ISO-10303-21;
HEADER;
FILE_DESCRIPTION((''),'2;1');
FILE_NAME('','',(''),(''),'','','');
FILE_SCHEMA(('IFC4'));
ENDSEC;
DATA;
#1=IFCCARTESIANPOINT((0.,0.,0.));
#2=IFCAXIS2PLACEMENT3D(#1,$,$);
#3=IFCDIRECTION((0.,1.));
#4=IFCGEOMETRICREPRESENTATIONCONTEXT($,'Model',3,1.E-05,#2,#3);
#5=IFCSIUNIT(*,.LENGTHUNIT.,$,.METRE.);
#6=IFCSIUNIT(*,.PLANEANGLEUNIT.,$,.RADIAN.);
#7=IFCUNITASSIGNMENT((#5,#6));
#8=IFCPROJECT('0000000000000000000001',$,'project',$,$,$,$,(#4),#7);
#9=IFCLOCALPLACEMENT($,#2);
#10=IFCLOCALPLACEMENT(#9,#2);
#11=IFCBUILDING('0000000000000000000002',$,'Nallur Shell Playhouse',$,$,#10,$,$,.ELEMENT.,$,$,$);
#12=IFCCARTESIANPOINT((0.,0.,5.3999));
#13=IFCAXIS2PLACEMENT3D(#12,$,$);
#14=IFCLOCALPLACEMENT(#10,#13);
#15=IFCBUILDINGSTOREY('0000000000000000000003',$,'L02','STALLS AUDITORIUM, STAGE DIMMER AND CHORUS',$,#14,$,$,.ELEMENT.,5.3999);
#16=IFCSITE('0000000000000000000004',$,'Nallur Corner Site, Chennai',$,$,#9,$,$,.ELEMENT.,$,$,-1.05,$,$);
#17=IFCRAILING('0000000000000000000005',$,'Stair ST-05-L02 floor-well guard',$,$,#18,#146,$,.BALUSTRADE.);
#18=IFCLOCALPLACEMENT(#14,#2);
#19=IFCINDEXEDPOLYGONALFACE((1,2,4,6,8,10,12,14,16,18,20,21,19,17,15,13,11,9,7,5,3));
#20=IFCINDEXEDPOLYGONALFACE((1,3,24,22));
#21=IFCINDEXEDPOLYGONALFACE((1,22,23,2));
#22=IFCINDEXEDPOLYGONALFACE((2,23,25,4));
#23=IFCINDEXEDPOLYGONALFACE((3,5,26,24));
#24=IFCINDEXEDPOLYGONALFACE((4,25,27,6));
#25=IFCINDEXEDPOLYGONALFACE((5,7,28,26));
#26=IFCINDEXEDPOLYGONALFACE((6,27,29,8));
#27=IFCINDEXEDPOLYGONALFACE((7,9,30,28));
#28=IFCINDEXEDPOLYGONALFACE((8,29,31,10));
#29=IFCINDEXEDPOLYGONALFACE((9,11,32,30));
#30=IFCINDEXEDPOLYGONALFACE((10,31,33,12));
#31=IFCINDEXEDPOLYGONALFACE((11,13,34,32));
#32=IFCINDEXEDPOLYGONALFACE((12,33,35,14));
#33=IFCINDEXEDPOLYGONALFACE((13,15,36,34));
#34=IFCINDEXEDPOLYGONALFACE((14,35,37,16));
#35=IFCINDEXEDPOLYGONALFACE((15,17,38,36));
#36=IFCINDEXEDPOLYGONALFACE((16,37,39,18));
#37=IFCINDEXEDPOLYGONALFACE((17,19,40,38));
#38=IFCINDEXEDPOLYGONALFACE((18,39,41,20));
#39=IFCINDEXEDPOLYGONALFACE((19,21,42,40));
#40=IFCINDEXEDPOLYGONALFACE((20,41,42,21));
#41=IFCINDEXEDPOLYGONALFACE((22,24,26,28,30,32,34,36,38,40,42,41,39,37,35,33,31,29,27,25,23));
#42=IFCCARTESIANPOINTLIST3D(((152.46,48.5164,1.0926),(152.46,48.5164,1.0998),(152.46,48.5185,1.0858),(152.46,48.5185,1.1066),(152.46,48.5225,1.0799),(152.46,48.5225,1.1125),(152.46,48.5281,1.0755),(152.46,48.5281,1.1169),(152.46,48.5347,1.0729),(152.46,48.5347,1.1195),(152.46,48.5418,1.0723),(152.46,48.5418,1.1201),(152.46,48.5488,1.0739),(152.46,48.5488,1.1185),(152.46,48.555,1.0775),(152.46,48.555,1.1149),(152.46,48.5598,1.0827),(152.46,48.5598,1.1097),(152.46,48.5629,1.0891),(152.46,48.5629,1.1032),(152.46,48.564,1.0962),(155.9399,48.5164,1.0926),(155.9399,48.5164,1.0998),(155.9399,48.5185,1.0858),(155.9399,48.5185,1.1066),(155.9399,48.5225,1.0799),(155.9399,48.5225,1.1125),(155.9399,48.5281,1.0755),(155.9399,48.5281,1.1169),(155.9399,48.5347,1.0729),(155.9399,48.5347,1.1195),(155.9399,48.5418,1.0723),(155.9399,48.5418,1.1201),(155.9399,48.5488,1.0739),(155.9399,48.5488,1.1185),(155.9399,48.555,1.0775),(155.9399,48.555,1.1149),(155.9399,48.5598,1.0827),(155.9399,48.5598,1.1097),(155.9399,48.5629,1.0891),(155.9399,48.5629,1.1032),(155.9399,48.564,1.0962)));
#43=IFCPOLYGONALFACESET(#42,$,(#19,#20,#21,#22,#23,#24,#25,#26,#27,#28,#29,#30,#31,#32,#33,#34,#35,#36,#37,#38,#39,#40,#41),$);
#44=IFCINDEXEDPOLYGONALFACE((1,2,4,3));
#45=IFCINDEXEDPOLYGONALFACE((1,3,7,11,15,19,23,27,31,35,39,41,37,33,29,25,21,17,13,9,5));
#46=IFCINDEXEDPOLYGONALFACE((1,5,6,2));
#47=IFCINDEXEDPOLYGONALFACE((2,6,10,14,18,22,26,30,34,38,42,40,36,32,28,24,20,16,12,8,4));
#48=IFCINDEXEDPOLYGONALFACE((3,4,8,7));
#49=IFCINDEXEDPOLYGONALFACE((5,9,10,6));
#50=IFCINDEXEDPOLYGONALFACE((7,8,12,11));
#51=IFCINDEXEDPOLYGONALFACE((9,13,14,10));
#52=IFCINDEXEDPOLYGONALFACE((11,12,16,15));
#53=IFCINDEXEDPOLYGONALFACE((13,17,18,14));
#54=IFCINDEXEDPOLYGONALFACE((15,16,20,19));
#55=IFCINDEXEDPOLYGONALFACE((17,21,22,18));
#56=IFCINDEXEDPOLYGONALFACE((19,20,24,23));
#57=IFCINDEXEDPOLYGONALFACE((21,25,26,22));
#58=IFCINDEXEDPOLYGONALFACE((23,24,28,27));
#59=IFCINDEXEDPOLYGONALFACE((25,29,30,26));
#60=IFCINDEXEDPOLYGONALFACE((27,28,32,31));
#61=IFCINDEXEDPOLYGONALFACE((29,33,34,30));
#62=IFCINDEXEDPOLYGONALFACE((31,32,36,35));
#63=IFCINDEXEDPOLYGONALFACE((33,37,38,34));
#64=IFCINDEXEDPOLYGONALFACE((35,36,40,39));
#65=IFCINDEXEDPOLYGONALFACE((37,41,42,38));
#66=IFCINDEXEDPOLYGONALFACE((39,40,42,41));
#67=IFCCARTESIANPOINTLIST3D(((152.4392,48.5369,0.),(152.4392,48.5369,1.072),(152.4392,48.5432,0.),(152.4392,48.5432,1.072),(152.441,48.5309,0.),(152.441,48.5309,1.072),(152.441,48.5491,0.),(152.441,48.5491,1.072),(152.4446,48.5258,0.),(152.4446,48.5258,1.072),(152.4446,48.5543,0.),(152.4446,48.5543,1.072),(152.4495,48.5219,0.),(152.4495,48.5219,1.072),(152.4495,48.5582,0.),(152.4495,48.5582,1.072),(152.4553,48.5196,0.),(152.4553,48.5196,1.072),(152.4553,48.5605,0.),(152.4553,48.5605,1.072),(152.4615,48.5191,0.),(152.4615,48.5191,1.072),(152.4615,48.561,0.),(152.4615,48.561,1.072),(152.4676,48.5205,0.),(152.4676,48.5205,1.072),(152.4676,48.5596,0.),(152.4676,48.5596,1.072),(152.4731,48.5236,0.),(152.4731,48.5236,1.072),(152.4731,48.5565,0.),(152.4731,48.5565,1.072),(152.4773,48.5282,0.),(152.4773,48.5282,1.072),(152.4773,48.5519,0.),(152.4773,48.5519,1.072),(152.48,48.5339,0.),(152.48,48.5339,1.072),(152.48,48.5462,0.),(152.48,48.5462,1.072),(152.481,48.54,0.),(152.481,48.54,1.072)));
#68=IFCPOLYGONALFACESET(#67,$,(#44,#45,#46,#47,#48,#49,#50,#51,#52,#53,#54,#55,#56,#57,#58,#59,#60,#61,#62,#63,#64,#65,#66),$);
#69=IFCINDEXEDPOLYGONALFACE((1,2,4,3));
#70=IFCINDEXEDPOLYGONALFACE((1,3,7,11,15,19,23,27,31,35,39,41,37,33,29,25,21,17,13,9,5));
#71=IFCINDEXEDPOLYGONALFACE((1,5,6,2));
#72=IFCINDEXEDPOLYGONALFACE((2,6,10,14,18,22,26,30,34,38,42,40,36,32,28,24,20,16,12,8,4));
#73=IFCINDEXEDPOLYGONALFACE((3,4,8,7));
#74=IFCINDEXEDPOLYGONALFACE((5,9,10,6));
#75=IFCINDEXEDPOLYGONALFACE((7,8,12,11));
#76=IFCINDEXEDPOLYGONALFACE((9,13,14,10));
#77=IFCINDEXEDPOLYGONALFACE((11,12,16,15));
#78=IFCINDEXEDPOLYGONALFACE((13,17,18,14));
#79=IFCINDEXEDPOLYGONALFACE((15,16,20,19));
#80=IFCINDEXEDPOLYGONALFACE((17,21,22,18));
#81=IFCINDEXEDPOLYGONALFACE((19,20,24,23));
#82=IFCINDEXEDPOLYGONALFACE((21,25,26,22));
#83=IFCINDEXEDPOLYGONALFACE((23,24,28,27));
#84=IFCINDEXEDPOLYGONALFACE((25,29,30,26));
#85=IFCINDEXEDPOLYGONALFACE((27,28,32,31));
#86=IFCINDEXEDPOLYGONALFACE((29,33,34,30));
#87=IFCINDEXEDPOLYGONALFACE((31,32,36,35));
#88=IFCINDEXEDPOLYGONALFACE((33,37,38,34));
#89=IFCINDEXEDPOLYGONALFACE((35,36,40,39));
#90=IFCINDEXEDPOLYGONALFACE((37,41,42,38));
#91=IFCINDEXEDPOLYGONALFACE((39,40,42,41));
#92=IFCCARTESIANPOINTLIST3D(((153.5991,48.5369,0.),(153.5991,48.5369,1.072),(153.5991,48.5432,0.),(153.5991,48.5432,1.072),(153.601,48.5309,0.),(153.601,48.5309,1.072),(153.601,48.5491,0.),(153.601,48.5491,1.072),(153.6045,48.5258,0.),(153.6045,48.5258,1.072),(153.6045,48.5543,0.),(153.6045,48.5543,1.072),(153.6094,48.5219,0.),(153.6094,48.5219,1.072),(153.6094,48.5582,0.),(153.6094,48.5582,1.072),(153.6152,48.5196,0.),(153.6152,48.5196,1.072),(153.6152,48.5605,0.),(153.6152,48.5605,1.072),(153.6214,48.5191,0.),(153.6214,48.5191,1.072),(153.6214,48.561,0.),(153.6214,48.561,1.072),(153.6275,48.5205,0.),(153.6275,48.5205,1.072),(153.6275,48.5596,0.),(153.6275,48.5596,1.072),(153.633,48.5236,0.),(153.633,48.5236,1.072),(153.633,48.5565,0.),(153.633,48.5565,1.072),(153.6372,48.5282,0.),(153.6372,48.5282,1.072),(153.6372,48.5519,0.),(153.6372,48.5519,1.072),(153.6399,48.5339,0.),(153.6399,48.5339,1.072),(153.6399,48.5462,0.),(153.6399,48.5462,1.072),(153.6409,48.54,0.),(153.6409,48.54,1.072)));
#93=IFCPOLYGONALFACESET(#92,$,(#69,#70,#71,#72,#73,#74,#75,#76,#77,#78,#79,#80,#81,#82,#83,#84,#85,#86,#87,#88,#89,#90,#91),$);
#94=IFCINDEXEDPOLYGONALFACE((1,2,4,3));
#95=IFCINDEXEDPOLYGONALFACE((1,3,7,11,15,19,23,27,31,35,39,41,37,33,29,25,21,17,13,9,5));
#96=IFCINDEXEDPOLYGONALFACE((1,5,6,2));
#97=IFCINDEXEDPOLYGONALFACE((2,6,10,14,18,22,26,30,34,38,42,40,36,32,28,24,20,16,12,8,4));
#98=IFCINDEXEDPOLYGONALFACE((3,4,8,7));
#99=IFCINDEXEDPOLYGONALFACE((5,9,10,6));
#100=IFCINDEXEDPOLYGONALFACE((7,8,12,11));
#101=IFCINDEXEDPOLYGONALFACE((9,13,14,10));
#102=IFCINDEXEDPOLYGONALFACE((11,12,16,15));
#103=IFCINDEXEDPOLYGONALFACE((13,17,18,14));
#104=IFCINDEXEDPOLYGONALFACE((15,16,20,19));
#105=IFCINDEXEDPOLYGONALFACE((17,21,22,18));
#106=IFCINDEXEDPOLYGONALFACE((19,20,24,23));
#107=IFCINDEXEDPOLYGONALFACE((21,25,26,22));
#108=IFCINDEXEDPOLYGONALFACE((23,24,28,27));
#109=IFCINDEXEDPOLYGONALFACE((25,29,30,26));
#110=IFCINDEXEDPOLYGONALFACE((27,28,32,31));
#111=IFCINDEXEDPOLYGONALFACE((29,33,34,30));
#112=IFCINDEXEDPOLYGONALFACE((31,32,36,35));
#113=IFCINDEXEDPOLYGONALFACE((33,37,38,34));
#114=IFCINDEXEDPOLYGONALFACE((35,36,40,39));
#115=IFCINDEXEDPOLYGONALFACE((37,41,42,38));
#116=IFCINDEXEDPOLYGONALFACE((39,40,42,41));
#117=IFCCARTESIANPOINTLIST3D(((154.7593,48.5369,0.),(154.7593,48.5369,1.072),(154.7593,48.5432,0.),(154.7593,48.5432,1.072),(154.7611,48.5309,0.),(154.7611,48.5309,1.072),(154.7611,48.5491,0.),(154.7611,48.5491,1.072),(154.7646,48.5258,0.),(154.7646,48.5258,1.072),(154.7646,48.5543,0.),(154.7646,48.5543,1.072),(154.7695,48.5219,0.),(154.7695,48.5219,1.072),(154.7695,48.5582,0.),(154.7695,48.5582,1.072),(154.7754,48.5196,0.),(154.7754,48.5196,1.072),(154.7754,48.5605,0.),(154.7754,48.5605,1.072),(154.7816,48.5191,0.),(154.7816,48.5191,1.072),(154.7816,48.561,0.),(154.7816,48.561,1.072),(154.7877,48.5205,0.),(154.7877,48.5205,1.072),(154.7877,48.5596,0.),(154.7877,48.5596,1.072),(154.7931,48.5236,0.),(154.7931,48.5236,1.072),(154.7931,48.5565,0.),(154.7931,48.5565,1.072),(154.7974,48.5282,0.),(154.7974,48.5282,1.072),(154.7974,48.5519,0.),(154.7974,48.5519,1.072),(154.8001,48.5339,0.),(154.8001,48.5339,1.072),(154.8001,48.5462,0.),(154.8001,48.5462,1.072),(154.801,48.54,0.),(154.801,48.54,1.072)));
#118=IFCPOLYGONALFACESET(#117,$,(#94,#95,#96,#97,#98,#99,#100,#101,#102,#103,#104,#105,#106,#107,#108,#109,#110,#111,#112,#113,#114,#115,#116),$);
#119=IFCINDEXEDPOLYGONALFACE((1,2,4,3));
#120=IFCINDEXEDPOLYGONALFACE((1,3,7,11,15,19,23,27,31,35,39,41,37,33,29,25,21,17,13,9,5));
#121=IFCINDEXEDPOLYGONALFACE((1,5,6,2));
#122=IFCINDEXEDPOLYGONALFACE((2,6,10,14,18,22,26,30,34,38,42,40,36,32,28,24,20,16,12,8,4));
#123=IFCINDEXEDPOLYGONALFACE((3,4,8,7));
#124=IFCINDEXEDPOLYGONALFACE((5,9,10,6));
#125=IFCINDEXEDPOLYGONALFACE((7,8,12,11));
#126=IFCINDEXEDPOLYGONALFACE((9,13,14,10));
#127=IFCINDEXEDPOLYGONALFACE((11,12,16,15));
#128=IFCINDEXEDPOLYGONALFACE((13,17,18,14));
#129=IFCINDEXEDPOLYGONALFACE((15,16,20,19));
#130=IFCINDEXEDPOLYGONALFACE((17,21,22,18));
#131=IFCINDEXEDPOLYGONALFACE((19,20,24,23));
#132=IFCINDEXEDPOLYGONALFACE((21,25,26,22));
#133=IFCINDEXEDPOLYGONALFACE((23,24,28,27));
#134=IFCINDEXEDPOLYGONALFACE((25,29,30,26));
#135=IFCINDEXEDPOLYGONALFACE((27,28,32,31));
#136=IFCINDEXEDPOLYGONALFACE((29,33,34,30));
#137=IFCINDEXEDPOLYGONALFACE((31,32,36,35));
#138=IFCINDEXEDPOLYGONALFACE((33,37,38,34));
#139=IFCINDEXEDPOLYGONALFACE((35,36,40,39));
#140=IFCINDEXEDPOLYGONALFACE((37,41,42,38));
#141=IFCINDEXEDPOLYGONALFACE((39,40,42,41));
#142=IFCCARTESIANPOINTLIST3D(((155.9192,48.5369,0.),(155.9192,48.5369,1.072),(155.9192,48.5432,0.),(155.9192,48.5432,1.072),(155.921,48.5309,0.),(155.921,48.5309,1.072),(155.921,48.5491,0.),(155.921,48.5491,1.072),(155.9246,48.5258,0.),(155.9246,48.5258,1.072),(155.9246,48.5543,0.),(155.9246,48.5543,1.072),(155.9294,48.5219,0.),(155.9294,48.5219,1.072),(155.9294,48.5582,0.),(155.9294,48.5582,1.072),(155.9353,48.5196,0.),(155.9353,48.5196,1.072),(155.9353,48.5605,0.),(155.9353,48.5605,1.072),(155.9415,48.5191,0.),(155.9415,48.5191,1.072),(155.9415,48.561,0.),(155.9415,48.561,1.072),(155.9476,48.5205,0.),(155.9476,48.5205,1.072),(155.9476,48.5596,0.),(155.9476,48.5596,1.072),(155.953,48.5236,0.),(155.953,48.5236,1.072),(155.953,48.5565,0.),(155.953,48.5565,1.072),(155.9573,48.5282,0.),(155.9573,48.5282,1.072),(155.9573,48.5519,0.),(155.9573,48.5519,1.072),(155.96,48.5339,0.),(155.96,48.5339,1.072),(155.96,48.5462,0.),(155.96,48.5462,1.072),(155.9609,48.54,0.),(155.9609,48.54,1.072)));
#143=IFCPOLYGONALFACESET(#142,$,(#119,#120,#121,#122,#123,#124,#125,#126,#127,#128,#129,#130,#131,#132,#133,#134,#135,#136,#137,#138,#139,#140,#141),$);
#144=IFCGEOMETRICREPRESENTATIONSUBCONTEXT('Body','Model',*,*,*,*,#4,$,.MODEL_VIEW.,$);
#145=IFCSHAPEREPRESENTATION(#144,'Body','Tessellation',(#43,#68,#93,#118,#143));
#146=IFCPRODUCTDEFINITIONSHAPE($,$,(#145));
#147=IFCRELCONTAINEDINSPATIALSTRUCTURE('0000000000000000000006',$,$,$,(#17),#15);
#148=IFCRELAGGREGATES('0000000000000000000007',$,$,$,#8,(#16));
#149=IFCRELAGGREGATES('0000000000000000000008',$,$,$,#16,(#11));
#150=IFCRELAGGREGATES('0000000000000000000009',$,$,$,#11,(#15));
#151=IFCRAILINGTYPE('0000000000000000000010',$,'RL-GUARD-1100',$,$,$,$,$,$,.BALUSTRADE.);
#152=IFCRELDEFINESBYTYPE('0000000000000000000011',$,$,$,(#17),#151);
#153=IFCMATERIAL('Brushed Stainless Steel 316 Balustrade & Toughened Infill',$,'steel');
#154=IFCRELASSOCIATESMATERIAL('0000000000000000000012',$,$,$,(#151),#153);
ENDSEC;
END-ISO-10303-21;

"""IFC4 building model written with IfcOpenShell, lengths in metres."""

from ifc_helpers import new_model, si_unit, direction, frame, origin, origin_2d, place, context, subcontext, project, spatial, circle, extrude, material, type_object, element, save


model = new_model("IFC4")

# Units and contexts
model_context = context("Model", 3, precision=1e-05, world=origin(), true_north=direction((0.0, 1.0)))
body_context = subcontext(model_context, "Body", "Model", "MODEL_VIEW")
ifc_project = project(units=[si_unit("LENGTHUNIT", "METRE"), si_unit("PLANEANGLEUNIT", "RADIAN")], contexts=[model_context])

# Site, building, storey
site_placement = place(None, origin())
site = spatial("IfcSite", under=ifc_project, at=site_placement, Name="Nallur Corner Site, Chennai", CompositionType="ELEMENT", RefElevation=-1.05)
building_placement = place(site_placement, origin())
building = spatial("IfcBuilding", under=site, at=building_placement, Name="Nallur Shell Playhouse", CompositionType="ELEMENT")
storey_placement = place(building_placement, frame((0.0, 0.0, 5.3999)))
storey = spatial("IfcBuildingStorey", under=building, at=storey_placement, Name="L02", Description="STALLS AUDITORIUM, STAGE DIMMER AND CHORUS", CompositionType="ELEMENT", Elevation=5.3999)

# Railing
ifc_material_1 = material(Name="Brushed Stainless Steel 316 Balustrade & Toughened Infill", Category="steel")
railing_type_1 = type_object("IfcRailingType", Name="RL-GUARD-1100", PredefinedType="BALUSTRADE", material=ifc_material_1)
railing_1_placement = place(storey_placement, frame((152.46, 48.54, 0.0)))
element("IfcRailing", 1, at=railing_1_placement, inside=storey, type_object=railing_type_1, Name="Stair ST-05-L02 floor-well guard", PredefinedType="BALUSTRADE", context=body_context, shape_type="SweptSolid", body=[
    extrude(circle(Radius=0.0239, at=origin_2d()), frame((0.0, 0.0, 1.0962), z_axis=(1.0, 0.0, 0.0), x_axis=(0.0, 1.0, 0.0)), (0.0, 0.0, 1.0), 3.48),
    extrude(circle(Radius=0.021, at=origin_2d()), origin(), (0.0, 0.0, 1.0), 1.072),
    extrude(circle(Radius=0.021, at=origin_2d()), frame((1.1599, 0.0, 0.0)), (0.0, 0.0, 1.0), 1.072),
    extrude(circle(Radius=0.021, at=origin_2d()), frame((2.3201, 0.0, 0.0)), (0.0, 0.0, 1.0), 1.072),
    extrude(circle(Radius=0.021, at=origin_2d()), frame((3.48, 0.0, 0.0)), (0.0, 0.0, 1.0), 1.072),
])

save(model, "model.ifc")
